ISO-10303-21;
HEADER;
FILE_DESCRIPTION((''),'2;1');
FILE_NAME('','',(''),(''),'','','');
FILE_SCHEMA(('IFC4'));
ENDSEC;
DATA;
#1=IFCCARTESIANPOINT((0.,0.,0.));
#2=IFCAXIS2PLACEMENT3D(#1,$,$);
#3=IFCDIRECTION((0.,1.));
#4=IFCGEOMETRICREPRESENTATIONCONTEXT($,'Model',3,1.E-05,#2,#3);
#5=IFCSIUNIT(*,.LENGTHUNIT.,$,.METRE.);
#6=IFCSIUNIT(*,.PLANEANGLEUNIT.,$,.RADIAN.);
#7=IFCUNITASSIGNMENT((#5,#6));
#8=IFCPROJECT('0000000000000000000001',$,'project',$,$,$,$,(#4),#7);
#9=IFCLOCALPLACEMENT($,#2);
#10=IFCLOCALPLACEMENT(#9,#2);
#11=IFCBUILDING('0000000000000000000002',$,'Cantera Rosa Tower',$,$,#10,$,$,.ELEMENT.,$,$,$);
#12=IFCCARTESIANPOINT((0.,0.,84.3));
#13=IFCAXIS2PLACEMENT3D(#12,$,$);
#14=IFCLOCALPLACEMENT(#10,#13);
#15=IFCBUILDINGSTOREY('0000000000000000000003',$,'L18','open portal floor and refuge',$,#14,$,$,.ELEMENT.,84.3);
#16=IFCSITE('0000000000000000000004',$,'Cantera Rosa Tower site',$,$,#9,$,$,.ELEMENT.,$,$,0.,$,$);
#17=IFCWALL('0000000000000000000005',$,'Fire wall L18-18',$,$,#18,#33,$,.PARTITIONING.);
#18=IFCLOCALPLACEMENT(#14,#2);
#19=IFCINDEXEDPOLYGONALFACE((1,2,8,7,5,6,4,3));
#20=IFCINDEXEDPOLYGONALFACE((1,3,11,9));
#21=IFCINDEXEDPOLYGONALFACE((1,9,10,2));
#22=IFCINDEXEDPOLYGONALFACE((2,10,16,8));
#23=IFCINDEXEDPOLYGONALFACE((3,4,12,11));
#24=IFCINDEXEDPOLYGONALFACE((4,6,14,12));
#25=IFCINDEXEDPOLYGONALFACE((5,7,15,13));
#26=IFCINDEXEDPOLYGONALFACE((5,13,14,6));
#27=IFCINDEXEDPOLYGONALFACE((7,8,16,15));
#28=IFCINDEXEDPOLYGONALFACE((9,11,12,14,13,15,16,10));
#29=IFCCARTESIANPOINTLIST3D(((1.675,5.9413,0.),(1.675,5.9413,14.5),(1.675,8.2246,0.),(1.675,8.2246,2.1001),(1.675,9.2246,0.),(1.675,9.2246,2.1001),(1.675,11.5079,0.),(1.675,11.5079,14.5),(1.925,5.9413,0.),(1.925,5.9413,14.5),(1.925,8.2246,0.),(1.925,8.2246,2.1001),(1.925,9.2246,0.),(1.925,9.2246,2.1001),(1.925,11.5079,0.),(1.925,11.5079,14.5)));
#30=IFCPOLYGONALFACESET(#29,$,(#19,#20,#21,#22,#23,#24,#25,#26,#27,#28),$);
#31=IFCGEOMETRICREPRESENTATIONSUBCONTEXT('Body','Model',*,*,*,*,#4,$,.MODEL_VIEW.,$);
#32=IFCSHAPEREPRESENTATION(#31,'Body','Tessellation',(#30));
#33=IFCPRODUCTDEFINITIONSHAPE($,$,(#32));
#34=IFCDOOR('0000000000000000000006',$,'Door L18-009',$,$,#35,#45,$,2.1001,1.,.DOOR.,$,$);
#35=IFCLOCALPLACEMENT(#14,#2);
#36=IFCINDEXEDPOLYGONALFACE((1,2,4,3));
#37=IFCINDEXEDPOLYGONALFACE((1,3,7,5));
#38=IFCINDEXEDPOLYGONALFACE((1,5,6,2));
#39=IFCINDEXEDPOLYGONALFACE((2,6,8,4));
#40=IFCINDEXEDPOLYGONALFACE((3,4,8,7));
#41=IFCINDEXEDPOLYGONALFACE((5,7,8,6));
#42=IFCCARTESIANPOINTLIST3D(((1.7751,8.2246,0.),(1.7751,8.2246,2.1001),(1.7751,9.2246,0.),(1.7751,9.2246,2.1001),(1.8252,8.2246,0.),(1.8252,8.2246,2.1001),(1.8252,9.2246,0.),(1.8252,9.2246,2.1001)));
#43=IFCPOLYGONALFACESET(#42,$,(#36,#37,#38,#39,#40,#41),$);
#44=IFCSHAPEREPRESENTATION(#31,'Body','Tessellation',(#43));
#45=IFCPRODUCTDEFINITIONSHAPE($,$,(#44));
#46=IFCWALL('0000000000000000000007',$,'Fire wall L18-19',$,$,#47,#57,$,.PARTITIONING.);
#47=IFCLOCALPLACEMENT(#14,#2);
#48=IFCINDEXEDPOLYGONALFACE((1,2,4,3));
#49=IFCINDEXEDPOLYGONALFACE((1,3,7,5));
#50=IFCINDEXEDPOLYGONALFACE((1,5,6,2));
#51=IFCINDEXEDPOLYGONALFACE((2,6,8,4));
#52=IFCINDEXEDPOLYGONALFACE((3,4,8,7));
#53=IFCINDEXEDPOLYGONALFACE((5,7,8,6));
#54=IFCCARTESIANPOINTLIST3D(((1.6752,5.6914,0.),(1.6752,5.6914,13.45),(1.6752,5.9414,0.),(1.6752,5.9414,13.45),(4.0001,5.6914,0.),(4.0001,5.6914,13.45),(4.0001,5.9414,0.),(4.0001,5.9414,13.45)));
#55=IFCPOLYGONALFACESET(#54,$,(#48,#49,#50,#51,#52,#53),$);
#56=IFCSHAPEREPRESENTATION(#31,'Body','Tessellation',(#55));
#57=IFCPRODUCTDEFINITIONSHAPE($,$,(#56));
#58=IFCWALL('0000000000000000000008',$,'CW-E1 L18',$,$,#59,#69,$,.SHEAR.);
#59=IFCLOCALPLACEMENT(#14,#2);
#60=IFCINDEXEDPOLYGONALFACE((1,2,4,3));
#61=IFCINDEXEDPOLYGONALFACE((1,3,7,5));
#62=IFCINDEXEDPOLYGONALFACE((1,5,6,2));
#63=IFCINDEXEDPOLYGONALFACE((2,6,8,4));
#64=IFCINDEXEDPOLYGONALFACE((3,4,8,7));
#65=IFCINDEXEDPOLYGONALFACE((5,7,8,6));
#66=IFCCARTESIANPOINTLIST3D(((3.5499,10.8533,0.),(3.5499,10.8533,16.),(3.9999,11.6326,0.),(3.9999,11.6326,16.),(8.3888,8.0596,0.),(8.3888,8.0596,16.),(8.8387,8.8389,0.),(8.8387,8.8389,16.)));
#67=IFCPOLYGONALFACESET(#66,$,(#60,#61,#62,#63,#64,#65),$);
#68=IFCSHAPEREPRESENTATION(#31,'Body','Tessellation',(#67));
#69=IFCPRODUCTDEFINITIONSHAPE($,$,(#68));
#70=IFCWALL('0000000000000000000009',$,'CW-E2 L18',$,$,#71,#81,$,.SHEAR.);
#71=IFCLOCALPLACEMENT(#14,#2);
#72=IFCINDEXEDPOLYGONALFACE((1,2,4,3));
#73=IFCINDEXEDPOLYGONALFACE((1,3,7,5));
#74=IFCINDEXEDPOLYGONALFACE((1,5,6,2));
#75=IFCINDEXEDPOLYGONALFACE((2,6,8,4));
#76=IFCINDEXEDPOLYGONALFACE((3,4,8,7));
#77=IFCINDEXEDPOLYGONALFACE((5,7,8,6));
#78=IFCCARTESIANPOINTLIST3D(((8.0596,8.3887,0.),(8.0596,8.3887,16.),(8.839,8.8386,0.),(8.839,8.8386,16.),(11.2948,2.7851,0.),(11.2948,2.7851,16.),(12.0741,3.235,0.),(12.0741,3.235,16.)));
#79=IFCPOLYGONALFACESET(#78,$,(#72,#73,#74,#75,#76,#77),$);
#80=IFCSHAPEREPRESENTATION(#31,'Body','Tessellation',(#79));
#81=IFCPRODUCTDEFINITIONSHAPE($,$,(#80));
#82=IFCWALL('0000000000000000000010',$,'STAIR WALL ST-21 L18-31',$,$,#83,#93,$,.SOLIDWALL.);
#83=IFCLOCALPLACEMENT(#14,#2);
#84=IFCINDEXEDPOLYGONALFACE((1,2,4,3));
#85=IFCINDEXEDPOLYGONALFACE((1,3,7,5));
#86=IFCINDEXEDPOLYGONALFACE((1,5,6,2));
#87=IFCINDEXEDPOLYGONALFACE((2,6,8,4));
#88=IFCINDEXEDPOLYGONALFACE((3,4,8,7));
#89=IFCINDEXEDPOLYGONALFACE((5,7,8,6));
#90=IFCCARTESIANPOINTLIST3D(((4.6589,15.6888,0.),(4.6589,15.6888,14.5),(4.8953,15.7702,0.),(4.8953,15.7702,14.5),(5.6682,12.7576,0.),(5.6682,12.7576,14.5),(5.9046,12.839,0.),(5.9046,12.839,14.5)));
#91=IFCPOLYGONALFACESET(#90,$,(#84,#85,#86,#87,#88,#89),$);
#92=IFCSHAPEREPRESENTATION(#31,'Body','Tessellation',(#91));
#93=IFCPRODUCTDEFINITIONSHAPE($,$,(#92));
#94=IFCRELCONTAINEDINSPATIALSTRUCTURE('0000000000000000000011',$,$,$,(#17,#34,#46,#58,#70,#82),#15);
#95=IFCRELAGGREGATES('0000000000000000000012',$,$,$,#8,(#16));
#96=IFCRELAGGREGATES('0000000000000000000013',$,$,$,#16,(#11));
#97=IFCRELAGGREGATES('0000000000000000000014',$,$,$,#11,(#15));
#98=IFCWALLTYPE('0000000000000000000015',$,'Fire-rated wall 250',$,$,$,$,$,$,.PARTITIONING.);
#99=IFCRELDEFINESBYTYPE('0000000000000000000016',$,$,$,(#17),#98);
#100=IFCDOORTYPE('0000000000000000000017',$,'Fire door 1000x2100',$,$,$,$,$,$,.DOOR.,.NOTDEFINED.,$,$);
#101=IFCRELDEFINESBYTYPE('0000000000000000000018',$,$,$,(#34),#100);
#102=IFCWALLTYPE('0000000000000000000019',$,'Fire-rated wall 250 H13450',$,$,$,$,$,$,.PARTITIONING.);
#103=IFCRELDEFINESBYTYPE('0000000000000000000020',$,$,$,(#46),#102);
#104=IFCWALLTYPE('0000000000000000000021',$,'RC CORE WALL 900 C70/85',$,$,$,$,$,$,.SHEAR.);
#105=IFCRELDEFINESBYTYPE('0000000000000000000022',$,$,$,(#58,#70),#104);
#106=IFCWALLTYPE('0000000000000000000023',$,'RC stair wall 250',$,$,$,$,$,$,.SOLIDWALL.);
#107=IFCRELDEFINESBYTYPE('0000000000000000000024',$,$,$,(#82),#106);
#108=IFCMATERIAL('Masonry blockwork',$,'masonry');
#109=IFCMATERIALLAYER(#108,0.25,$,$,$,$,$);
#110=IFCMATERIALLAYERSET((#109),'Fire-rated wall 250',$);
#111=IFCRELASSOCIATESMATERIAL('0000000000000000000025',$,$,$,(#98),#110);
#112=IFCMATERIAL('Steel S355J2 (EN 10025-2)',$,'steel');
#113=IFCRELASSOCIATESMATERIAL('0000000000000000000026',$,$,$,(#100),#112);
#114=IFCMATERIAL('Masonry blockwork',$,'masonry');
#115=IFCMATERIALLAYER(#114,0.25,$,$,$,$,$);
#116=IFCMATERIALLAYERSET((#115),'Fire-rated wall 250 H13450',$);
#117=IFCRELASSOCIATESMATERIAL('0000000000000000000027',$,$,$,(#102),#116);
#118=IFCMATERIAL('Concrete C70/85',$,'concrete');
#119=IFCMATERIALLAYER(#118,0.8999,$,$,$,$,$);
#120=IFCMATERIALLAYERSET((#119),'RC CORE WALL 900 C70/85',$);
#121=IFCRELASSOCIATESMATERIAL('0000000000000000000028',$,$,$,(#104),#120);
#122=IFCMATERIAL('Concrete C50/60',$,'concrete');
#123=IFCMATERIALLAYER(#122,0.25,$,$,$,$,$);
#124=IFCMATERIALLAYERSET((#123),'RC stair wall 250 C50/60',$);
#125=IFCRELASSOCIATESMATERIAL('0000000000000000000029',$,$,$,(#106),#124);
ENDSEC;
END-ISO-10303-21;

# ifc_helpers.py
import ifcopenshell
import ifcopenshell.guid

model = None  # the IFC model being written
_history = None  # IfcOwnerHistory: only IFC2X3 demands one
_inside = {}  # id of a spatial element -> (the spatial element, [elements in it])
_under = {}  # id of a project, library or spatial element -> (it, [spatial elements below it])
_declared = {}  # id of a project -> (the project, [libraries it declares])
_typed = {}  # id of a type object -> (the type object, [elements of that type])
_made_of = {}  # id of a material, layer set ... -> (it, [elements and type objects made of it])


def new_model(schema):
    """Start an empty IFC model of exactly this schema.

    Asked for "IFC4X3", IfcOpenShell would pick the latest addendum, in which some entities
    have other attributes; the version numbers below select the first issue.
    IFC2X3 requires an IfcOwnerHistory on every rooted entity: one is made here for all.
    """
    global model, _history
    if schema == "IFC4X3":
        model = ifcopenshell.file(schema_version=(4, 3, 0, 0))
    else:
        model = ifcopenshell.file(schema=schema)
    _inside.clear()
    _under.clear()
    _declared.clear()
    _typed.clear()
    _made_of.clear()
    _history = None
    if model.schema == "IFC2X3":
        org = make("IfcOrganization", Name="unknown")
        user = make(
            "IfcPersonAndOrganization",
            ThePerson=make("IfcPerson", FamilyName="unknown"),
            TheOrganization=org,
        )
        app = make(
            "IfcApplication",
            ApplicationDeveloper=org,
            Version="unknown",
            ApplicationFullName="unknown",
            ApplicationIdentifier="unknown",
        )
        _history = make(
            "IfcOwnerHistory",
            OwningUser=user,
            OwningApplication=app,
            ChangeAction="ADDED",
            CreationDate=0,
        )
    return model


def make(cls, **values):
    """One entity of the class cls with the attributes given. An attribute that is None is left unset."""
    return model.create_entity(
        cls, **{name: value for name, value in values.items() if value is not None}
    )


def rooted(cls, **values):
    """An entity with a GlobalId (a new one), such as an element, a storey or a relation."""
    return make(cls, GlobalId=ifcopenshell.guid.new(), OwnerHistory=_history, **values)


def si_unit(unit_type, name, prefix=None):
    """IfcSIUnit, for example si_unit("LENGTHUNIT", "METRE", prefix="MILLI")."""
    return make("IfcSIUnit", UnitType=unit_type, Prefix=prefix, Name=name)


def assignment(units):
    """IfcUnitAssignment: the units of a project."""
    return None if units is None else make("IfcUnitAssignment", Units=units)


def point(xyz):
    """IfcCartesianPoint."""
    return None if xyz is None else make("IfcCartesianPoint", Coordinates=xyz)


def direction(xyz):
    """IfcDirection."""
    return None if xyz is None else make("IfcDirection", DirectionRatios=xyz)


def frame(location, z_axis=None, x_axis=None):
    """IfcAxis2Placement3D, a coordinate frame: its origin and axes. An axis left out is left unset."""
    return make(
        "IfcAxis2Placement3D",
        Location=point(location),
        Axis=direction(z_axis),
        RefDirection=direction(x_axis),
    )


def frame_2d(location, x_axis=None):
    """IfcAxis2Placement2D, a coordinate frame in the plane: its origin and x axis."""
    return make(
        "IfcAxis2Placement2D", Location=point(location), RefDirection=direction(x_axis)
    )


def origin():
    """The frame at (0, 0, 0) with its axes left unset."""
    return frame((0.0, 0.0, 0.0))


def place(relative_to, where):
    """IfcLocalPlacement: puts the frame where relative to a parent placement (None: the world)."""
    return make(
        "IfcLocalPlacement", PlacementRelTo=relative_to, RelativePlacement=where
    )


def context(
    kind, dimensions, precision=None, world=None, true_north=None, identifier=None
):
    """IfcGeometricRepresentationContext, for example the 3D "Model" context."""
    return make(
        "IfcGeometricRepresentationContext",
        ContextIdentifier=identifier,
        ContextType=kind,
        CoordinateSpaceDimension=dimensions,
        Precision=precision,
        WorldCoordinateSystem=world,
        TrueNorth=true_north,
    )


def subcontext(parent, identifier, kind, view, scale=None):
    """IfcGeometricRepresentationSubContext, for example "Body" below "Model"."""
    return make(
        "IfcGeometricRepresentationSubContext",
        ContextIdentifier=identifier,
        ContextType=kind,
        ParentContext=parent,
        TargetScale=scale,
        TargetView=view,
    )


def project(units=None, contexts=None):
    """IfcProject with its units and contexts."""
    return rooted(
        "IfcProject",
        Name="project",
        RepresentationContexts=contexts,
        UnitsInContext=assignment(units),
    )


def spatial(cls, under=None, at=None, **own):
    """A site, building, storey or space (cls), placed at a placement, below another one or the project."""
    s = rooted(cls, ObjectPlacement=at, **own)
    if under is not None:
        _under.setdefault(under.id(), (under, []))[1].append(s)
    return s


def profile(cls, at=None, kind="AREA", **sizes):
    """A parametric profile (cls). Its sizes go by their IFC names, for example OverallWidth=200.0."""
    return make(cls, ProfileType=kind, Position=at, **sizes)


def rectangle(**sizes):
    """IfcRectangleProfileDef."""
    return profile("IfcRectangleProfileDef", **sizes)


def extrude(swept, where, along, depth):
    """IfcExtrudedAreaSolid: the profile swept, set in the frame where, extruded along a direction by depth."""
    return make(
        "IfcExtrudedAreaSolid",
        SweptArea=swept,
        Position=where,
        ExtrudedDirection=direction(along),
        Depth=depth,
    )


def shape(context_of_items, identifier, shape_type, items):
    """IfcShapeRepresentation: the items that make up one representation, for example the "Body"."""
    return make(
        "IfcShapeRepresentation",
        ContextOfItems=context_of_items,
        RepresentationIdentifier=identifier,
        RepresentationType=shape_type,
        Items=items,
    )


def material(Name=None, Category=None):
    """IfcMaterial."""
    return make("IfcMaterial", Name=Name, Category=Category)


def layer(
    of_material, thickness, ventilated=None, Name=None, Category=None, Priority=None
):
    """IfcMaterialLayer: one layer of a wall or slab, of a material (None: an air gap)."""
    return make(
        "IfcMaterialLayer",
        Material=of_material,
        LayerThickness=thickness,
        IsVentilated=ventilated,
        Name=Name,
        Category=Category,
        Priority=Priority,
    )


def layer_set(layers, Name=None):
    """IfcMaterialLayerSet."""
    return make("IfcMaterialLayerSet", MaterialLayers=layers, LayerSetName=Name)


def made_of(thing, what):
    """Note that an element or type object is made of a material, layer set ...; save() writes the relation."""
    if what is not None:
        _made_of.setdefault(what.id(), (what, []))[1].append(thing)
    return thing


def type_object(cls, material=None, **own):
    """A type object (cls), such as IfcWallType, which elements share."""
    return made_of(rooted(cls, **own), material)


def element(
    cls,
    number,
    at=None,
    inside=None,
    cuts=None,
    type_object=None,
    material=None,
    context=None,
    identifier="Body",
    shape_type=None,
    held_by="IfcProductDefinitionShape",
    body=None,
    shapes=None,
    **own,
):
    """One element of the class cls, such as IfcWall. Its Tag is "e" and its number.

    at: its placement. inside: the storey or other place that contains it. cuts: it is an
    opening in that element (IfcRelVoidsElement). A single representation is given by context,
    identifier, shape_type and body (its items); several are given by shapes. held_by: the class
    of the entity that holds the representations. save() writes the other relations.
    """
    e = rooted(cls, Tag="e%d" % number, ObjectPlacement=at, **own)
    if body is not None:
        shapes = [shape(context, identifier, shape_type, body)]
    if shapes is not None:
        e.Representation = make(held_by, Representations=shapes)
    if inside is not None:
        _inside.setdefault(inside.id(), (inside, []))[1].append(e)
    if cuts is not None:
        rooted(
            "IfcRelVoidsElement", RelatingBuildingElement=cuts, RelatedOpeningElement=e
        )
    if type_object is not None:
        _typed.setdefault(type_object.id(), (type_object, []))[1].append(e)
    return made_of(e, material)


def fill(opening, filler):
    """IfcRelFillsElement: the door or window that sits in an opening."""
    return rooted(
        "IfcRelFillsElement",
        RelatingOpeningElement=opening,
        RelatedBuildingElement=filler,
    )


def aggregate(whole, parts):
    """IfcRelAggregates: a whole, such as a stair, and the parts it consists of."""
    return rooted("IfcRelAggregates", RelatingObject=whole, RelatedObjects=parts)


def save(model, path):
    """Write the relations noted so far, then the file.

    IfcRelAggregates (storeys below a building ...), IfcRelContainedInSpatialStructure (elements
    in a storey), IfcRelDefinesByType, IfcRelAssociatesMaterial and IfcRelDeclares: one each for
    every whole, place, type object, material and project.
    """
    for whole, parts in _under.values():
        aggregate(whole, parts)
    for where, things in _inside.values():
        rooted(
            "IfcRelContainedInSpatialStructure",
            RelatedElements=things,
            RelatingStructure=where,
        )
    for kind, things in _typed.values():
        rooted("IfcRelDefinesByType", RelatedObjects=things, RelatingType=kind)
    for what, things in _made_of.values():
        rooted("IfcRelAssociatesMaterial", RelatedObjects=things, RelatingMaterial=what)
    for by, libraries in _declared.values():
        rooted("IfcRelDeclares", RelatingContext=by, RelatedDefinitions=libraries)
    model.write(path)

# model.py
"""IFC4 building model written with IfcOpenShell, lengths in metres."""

from ifc_helpers import new_model, si_unit, direction, frame, frame_2d, origin, place, context, subcontext, project, spatial, rectangle, extrude, material, layer, layer_set, type_object, element, fill, save


model = new_model("IFC4")

# Units and contexts
model_context = context("Model", 3, precision=1e-05, world=origin(), true_north=direction((0.0, 1.0)))
body_context = subcontext(model_context, "Body", "Model", "MODEL_VIEW")
ifc_project = project(units=[si_unit("LENGTHUNIT", "METRE"), si_unit("PLANEANGLEUNIT", "RADIAN")], contexts=[model_context])

# Site, building, storey
site_placement = place(None, origin())
site = spatial("IfcSite", under=ifc_project, at=site_placement, Name="Cantera Rosa Tower site", CompositionType="ELEMENT", RefElevation=0.0)
building_placement = place(site_placement, origin())
building = spatial("IfcBuilding", under=site, at=building_placement, Name="Cantera Rosa Tower", CompositionType="ELEMENT")
storey_placement = place(building_placement, frame((0.0, 0.0, 84.3)))
storey = spatial("IfcBuildingStorey", under=building, at=storey_placement, Name="L18", Description="open portal floor and refuge", CompositionType="ELEMENT", Elevation=84.3)

# Shared definitions
ifc_material_1 = material(Name="Masonry blockwork", Category="masonry")
ifc_layer_1 = layer(ifc_material_1, 0.25)
ifc_layer_set_1 = layer_set([ifc_layer_1], Name="Fire-rated wall 250")
wall_type_1 = type_object("IfcWallType", Name="Fire-rated wall 250", PredefinedType="PARTITIONING", material=ifc_layer_set_1)

# Wall, opening, door
ifc_material_2 = material(Name="Steel S355J2 (EN 10025-2)", Category="steel")
door_type = type_object("IfcDoorType", Name="Fire door 1000x2100", OperationType="NOTDEFINED", PredefinedType="DOOR", material=ifc_material_2)
wall_1_placement = place(storey_placement, frame((1.8, 5.9414, 0.0), z_axis=(0.0, 0.0, 1.0), x_axis=(0.0, 1.0, 0.0)))
wall_1 = element("IfcWall", 1, at=wall_1_placement, inside=storey, type_object=wall_type_1, Name="Fire wall L18-18", PredefinedType="PARTITIONING", context=body_context, shape_type="SweptSolid", body=[
    extrude(rectangle(XDim=5.5667, YDim=0.25, at=frame_2d((2.7832, 0.0))), origin(), (0.0, 0.0, 1.0), 14.5),
])
opening_1_placement = place(wall_1_placement, frame((2.2832, 0.0, 0.0)))
opening_1 = element("IfcOpeningElement", 2, at=opening_1_placement, cuts=wall_1, PredefinedType="OPENING", context=body_context, shape_type="SweptSolid", body=[
    extrude(rectangle(XDim=1.0, YDim=2.1001, at=frame_2d((0.5, 1.05))), frame((0.0, 0.135, 0.0), z_axis=(0.0, -1.0, 0.0), x_axis=(1.0, 0.0, 0.0)), (0.0, 0.0, 1.0), 0.27),
])
door_1_placement = place(opening_1_placement, origin())
door_1 = element("IfcDoor", 3, at=door_1_placement, inside=storey, type_object=door_type, Name="Door L18-009", OverallHeight=2.1001, OverallWidth=1.0, PredefinedType="DOOR", context=body_context, shape_type="SweptSolid", body=[
    extrude(rectangle(XDim=1.0, YDim=2.1001, at=frame_2d((0.5, 1.05))), frame((0.0, 0.0249, 0.0), z_axis=(0.0, -1.0, 0.0), x_axis=(1.0, 0.0, 0.0)), (0.0, 0.0, 1.0), 0.05),
])
fill(opening_1, door_1)

# Walls
ifc_material_3 = material(Name="Masonry blockwork", Category="masonry")
ifc_layer_2 = layer(ifc_material_3, 0.25)
ifc_layer_set_2 = layer_set([ifc_layer_2], Name="Fire-rated wall 250 H13450")
wall_type_2 = type_object("IfcWallType", Name="Fire-rated wall 250 H13450", PredefinedType="PARTITIONING", material=ifc_layer_set_2)
wall_2_placement = place(storey_placement, frame((1.675, 5.8164, 0.0), z_axis=(0.0, 0.0, 1.0), x_axis=(1.0, 0.0, 0.0)))
element("IfcWall", 4, at=wall_2_placement, inside=storey, type_object=wall_type_2, Name="Fire wall L18-19", PredefinedType="PARTITIONING", context=body_context, shape_type="SweptSolid", body=[
    extrude(rectangle(XDim=2.325, YDim=0.25, at=frame_2d((1.1626, 0.0))), origin(), (0.0, 0.0, 1.0), 13.45),
])
ifc_material_4 = material(Name="Concrete C70/85", Category="concrete")
ifc_layer_3 = layer(ifc_material_4, 0.8999)
ifc_layer_set_3 = layer_set([ifc_layer_3], Name="RC CORE WALL 900 C70/85")
wall_type_3 = type_object("IfcWallType", Name="RC CORE WALL 900 C70/85", PredefinedType="SHEAR", material=ifc_layer_set_3)
wall_3_placement = place(storey_placement, frame((3.7749, 11.2429, 0.0), z_axis=(0.0, 0.0, 1.0), x_axis=(0.866027, -0.499997, 0.0)))
element("IfcWall", 5, at=wall_3_placement, inside=storey, type_object=wall_type_3, Name="CW-E1 L18", PredefinedType="SHEAR", context=body_context, shape_type="SweptSolid", body=[
    extrude(rectangle(XDim=5.5874, YDim=0.8999, at=frame_2d((2.7937, 0.0))), origin(), (0.0, 0.0, 1.0), 16.0),
])
wall_4_placement = place(storey_placement, frame((8.4492, 8.6138, 0.0), z_axis=(0.0, 0.0, 1.0), x_axis=(0.49999, -0.866031, 0.0)))
element("IfcWall", 6, at=wall_4_placement, inside=storey, type_object=wall_type_3, Name="CW-E2 L18", PredefinedType="SHEAR", context=body_context, shape_type="SweptSolid", body=[
    extrude(rectangle(XDim=6.4705, YDim=0.8999, at=frame_2d((3.2354, 0.0))), origin(), (0.0, 0.0, 1.0), 16.0),
])
ifc_material_5 = material(Name="Concrete C50/60", Category="concrete")
ifc_layer_4 = layer(ifc_material_5, 0.25)
ifc_layer_set_4 = layer_set([ifc_layer_4], Name="RC stair wall 250 C50/60")
wall_type_4 = type_object("IfcWallType", Name="RC stair wall 250", PredefinedType="SOLIDWALL", material=ifc_layer_set_4)
wall_5_placement = place(storey_placement, frame((5.7864, 12.7983, 0.0), z_axis=(0.0, 0.0, 1.0), x_axis=(-0.325568, 0.945519, 0.0)))
element("IfcWall", 7, at=wall_5_placement, inside=storey, type_object=wall_type_4, Name="STAIR WALL ST-21 L18-31", PredefinedType="SOLIDWALL", context=body_context, shape_type="SweptSolid", body=[
    extrude(rectangle(XDim=3.1001, YDim=0.25, at=frame_2d((1.55, 0.0))), origin(), (0.0, 0.0, 1.0), 14.5),
])

save(model, "model.ifc")
